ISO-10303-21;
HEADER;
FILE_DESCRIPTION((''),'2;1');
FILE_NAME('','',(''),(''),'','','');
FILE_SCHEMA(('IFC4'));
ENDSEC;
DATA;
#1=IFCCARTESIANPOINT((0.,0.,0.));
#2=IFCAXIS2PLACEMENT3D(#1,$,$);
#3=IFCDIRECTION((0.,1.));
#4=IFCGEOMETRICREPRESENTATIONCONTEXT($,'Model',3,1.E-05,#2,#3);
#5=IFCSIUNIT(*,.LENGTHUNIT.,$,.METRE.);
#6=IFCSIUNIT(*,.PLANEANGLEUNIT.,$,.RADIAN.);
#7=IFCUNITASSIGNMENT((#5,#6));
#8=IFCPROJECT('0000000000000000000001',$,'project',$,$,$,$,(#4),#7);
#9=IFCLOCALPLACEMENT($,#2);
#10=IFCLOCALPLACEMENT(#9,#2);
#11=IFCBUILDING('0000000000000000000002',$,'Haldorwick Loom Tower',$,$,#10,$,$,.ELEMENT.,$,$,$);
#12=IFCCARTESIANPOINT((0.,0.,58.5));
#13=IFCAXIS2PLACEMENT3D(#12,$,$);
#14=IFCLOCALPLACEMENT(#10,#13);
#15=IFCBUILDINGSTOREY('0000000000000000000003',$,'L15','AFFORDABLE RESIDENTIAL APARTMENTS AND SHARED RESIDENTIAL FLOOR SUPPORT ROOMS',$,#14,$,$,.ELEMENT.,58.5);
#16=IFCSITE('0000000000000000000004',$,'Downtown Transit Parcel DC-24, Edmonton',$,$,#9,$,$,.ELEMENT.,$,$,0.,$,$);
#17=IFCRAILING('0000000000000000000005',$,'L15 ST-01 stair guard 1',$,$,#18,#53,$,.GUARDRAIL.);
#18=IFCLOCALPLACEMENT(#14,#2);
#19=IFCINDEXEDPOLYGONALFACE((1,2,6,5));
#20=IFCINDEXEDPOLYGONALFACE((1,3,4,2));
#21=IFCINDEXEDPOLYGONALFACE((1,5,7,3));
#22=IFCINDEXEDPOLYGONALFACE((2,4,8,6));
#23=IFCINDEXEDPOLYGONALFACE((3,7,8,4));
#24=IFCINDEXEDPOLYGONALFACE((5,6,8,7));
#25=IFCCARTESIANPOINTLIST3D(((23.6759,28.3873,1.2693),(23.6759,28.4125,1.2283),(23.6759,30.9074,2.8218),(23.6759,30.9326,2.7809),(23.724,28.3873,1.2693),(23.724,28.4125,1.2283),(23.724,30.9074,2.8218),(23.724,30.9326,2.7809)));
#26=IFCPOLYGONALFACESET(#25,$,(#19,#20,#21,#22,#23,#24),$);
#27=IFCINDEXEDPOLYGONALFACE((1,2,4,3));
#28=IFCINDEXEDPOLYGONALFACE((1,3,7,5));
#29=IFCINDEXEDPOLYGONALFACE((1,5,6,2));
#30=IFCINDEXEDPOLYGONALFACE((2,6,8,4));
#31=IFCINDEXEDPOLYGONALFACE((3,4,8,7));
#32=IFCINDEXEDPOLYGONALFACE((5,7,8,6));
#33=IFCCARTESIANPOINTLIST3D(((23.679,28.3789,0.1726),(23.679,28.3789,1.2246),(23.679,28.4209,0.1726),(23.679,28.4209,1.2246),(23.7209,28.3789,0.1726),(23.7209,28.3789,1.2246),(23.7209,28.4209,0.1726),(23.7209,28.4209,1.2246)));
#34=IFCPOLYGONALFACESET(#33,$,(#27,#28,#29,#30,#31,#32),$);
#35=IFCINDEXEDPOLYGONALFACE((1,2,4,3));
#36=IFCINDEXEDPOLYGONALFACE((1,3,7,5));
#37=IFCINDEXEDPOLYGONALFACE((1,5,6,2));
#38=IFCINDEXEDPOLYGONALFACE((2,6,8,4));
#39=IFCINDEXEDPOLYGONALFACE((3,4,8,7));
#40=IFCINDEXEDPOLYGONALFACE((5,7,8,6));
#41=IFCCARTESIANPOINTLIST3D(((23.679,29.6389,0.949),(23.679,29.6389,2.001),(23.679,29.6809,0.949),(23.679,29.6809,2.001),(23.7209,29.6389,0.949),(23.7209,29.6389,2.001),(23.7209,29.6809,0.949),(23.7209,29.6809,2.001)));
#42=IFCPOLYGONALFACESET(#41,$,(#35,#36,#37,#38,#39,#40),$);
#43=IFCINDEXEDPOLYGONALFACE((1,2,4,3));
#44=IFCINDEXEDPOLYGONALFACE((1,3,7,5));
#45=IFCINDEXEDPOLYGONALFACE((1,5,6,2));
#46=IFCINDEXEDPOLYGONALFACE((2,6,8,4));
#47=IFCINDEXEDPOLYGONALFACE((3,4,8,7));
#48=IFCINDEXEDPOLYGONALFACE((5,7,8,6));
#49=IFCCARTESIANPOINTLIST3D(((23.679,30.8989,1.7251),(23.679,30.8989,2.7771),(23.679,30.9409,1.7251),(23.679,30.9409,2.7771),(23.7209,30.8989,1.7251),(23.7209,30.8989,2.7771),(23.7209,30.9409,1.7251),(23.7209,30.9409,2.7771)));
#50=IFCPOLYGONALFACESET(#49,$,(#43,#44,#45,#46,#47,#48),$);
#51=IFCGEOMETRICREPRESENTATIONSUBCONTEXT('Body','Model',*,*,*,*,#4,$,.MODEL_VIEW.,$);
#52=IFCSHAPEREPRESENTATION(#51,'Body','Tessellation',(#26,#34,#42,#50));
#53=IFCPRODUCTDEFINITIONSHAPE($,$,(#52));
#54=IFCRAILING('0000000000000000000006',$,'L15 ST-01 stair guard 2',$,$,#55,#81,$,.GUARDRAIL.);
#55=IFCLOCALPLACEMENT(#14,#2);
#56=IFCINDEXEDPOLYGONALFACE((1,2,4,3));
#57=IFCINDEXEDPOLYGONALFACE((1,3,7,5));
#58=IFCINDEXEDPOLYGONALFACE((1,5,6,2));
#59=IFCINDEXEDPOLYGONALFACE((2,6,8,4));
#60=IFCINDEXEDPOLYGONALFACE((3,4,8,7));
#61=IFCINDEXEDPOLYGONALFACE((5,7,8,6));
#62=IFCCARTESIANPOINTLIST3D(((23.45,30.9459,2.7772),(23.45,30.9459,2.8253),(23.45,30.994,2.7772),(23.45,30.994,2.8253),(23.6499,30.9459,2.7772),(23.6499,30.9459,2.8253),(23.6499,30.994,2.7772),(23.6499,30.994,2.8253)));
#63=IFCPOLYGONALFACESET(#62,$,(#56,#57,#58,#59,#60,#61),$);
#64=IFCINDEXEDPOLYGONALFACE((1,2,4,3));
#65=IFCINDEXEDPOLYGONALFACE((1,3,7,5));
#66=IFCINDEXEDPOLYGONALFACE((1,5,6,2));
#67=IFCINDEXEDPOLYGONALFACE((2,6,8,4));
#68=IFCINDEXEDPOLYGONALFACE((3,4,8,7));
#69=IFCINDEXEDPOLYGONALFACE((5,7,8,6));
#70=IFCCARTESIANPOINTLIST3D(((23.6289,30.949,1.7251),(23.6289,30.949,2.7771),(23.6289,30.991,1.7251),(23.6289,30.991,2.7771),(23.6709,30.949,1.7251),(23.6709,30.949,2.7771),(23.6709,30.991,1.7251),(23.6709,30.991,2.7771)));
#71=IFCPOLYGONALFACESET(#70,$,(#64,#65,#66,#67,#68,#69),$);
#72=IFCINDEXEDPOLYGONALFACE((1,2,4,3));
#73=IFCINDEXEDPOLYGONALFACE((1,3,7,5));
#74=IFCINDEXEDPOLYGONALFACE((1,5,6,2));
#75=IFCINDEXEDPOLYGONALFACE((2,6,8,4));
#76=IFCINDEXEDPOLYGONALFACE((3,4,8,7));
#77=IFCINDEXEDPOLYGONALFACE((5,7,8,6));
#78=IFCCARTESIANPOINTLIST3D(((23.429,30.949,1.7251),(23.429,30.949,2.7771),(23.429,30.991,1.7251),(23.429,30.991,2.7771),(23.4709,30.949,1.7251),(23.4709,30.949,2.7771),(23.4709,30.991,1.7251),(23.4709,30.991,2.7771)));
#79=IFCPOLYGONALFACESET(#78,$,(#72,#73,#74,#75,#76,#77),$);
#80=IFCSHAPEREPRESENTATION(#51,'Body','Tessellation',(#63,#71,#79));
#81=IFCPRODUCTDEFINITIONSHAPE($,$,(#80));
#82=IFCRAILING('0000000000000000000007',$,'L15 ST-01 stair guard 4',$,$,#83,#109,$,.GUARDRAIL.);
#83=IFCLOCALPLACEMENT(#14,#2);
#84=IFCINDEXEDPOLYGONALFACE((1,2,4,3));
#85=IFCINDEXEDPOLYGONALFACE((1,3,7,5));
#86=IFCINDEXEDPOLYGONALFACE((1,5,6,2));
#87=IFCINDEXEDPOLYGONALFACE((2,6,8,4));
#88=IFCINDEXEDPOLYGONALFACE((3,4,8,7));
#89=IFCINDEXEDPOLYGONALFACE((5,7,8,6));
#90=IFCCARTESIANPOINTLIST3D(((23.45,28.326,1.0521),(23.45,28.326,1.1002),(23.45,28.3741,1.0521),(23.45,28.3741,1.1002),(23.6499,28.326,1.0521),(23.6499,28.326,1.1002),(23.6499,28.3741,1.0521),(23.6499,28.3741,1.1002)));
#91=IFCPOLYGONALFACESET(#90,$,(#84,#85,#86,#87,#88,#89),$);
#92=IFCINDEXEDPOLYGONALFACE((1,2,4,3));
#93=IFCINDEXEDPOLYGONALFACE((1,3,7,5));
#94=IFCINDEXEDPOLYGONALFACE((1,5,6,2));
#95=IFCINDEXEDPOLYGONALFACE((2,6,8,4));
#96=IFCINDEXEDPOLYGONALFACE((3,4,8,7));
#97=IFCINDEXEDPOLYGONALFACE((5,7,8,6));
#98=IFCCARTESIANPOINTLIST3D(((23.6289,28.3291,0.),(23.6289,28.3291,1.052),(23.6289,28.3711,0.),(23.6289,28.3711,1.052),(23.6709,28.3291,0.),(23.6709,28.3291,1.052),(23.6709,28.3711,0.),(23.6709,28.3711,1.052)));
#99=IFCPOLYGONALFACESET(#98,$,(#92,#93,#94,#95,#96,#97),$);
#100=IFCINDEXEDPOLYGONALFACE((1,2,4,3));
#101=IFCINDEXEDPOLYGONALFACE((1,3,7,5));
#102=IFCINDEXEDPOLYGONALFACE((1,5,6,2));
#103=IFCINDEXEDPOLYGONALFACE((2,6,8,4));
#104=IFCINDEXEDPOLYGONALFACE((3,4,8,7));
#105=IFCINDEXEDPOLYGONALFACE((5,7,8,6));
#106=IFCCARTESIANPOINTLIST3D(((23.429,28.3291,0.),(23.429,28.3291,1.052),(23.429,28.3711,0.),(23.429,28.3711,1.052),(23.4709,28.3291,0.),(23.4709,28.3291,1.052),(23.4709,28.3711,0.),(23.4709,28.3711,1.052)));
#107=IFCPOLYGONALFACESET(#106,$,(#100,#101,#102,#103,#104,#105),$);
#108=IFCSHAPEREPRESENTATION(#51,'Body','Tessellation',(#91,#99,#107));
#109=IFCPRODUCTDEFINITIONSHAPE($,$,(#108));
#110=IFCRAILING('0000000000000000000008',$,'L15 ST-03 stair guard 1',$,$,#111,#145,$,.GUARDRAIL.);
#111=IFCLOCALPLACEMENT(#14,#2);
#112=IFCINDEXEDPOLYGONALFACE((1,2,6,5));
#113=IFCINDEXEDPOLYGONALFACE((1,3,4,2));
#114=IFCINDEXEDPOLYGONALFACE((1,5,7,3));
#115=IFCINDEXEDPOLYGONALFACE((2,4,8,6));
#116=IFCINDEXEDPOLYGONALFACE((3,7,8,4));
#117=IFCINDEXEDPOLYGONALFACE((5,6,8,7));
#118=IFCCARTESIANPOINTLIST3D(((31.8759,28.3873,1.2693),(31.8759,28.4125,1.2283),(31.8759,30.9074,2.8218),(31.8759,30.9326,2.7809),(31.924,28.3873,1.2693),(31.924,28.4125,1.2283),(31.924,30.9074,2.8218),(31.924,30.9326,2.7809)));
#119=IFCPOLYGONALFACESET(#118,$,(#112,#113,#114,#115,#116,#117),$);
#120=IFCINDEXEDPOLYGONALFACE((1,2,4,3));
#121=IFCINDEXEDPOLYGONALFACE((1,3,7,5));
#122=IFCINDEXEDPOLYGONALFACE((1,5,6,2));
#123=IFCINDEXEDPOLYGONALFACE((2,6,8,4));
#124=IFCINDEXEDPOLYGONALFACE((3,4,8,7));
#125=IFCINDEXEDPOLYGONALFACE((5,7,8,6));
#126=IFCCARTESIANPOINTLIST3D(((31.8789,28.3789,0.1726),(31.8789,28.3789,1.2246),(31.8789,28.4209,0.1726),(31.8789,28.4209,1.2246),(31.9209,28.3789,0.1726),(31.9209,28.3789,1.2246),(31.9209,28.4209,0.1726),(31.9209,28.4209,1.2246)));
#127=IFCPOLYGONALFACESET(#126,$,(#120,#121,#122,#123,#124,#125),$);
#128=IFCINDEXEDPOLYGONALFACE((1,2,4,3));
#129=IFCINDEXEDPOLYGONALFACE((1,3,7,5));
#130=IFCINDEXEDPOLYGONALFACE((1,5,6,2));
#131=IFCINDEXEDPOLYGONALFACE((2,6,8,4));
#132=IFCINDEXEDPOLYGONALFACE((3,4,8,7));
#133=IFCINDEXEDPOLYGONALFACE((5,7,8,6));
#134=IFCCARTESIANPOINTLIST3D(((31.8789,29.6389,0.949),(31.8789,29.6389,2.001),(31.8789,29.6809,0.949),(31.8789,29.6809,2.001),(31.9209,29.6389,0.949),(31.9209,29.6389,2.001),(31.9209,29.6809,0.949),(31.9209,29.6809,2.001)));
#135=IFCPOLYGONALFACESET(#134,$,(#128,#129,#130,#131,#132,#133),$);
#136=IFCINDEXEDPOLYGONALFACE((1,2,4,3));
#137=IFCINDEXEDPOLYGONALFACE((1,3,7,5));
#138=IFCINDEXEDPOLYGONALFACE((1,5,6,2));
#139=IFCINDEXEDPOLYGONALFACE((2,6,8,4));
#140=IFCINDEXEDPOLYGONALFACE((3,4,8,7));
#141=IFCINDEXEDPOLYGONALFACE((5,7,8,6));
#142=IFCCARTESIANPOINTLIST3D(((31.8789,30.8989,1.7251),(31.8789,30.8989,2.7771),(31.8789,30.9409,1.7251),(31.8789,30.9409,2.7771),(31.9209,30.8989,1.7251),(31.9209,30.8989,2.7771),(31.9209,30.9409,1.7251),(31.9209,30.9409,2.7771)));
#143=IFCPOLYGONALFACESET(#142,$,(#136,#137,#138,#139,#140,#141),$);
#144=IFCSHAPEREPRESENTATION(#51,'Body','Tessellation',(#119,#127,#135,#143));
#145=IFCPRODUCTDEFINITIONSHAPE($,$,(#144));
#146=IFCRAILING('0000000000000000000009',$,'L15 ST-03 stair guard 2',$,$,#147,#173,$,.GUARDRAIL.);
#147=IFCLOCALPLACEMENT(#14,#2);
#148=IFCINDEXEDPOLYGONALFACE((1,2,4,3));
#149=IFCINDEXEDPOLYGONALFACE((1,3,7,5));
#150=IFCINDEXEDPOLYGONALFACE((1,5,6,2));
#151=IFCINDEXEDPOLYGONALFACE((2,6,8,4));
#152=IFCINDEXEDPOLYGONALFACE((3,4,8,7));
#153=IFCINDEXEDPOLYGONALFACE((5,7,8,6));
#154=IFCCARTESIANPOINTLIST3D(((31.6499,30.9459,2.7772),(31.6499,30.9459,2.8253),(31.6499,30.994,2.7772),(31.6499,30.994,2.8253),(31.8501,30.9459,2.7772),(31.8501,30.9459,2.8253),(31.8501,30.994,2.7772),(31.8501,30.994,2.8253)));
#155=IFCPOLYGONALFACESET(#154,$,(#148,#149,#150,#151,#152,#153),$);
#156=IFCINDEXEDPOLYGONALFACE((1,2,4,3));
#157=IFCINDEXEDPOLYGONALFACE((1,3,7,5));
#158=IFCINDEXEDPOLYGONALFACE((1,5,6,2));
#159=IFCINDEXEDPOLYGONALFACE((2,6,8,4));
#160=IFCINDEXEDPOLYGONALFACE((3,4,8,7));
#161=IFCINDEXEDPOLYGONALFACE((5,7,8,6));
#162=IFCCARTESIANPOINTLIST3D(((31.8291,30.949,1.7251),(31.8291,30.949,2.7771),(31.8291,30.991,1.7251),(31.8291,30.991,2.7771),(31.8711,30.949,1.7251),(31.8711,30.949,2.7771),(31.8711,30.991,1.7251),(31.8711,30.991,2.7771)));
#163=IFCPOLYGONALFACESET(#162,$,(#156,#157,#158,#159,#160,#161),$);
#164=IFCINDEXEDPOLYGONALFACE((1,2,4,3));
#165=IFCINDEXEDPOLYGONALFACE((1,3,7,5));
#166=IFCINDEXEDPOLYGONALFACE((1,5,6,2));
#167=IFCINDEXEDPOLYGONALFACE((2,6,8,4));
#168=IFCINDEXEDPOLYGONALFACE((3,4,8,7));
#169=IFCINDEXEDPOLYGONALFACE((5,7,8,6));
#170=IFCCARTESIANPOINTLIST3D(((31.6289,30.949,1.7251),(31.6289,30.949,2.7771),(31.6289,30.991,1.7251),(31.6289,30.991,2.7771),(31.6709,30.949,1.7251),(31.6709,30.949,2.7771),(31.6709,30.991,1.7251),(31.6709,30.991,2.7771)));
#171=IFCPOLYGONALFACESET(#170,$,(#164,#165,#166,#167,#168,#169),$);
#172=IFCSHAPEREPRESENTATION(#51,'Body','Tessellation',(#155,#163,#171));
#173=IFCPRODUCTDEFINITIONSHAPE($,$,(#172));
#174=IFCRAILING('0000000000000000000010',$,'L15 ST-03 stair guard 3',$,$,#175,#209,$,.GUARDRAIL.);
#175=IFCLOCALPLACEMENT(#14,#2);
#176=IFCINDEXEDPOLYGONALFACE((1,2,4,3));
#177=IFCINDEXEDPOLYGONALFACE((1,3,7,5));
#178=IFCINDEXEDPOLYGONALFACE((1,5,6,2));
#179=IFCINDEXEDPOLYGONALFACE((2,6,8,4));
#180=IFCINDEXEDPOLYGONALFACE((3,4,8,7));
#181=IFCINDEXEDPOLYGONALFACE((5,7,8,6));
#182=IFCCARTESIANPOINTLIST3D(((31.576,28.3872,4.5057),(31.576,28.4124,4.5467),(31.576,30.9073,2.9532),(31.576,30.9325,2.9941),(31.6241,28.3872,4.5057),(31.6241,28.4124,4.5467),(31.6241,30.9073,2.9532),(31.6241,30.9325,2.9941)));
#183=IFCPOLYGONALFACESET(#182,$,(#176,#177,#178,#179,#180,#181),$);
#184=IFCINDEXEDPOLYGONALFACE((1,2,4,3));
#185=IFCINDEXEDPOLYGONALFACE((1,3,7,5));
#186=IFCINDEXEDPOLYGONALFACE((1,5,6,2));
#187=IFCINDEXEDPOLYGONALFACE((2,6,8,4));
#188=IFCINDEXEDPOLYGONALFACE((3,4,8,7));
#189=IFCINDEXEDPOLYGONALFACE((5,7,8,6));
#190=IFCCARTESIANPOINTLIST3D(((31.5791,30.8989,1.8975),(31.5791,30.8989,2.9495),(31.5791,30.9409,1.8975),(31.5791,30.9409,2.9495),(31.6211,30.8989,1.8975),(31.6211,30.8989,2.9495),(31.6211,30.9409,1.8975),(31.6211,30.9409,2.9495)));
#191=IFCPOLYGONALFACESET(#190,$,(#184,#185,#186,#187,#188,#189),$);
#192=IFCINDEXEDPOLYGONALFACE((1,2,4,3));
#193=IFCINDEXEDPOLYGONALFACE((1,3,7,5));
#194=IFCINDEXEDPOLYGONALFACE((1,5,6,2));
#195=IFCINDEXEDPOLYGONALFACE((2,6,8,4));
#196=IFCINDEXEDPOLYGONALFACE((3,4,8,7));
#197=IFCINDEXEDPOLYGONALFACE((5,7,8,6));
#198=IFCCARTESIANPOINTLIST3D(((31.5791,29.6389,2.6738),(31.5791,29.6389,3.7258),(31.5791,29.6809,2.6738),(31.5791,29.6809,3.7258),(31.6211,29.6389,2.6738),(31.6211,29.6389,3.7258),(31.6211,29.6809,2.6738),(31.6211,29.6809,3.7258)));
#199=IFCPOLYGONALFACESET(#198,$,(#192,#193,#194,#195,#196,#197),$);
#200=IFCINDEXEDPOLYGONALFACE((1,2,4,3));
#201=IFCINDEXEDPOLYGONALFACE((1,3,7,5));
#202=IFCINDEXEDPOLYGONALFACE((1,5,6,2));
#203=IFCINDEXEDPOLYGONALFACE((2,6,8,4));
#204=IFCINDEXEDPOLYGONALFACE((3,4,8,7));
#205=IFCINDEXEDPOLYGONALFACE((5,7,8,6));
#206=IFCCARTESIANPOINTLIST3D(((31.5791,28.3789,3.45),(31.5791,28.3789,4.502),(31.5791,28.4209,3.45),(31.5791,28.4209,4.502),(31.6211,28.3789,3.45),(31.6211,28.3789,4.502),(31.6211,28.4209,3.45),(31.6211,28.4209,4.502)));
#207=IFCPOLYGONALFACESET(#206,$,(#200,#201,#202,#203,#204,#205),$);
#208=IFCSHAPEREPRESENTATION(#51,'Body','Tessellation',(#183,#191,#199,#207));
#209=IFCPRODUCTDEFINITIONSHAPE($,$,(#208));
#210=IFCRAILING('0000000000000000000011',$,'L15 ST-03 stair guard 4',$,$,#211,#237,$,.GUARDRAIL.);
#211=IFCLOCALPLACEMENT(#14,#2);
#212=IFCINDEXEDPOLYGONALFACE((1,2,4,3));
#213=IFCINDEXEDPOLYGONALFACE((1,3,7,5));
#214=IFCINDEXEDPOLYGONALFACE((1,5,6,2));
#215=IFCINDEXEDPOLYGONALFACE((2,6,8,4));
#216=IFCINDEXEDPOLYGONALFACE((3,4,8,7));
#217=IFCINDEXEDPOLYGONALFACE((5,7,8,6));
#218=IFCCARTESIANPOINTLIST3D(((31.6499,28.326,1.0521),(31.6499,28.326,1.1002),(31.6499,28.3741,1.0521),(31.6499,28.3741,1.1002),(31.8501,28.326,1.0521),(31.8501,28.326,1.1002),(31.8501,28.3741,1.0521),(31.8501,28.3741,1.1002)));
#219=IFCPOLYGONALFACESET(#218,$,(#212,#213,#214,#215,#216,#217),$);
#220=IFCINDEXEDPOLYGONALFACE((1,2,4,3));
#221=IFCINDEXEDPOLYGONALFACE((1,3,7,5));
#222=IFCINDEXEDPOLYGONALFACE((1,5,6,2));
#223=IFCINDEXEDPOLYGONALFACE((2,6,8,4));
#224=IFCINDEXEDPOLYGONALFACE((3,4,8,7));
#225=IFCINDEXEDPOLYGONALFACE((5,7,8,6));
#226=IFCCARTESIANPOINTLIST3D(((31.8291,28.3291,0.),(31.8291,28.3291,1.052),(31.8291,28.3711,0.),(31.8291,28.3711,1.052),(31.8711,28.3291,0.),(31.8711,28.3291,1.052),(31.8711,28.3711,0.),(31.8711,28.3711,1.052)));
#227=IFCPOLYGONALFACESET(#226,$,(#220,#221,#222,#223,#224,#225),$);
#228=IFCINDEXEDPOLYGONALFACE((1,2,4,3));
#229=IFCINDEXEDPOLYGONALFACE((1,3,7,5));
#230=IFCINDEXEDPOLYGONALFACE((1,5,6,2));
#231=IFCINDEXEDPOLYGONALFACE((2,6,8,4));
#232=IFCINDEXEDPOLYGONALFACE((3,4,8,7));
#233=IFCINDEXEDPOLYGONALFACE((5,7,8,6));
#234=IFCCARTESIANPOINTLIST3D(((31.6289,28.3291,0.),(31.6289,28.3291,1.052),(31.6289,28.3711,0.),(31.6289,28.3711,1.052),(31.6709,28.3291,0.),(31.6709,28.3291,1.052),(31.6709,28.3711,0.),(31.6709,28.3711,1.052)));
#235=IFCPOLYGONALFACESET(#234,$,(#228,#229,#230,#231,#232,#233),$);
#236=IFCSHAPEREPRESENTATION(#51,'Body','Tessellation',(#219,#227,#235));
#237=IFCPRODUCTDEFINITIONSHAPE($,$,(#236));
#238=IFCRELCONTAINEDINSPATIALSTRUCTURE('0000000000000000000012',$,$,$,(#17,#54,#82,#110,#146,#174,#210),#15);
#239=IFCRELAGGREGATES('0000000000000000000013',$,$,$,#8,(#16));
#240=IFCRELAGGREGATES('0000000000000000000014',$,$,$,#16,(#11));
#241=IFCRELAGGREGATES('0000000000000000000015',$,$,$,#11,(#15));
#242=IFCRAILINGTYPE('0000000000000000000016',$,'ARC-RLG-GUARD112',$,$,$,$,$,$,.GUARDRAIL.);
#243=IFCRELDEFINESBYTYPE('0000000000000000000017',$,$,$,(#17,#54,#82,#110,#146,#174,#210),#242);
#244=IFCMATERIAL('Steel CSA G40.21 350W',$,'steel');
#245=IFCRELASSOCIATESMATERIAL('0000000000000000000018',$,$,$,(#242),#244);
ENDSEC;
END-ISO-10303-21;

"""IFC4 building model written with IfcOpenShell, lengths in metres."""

from ifc_helpers import new_model, si_unit, direction, frame, origin, origin_2d, place, context, subcontext, project, spatial, rectangle, extrude, material, type_object, element, save


model = new_model("IFC4")

# Units and contexts
model_context = context("Model", 3, precision=1e-05, world=origin(), true_north=direction((0.0, 1.0)))
body_context = subcontext(model_context, "Body", "Model", "MODEL_VIEW")
ifc_project = project(units=[si_unit("LENGTHUNIT", "METRE"), si_unit("PLANEANGLEUNIT", "RADIAN")], contexts=[model_context])

# Site, building, storey
site_placement = place(None, origin())
site = spatial("IfcSite", under=ifc_project, at=site_placement, Name="Downtown Transit Parcel DC-24, Edmonton", CompositionType="ELEMENT", RefElevation=0.0)
building_placement = place(site_placement, origin())
building = spatial("IfcBuilding", under=site, at=building_placement, Name="Haldorwick Loom Tower", CompositionType="ELEMENT")
storey_placement = place(building_placement, frame((0.0, 0.0, 58.5)))
storey = spatial("IfcBuildingStorey", under=building, at=storey_placement, Name="L15", Description="AFFORDABLE RESIDENTIAL APARTMENTS AND SHARED RESIDENTIAL FLOOR SUPPORT ROOMS", CompositionType="ELEMENT", Elevation=58.5)

# Shared definitions
ifc_material_1 = material(Name="Steel CSA G40.21 350W", Category="steel")

# Railings
railing_type_1 = type_object("IfcRailingType", Name="ARC-RLG-GUARD112", PredefinedType="GUARDRAIL", material=ifc_material_1)
railing_1_placement = place(storey_placement, frame((23.7, 28.3999, 0.1726)))
element("IfcRailing", 1, at=railing_1_placement, inside=storey, type_object=railing_type_1, Name="L15 ST-01 stair guard 1", PredefinedType="GUARDRAIL", context=body_context, shape_type="SweptSolid", body=[
    extrude(rectangle(XDim=0.0481, YDim=0.0481, at=origin_2d()), frame((0.0, 0.0, 1.0762), z_axis=(0.0, 0.8514, 0.524516), x_axis=(-1.0, 0.0, 0.0)), (0.0, 0.0, 1.0), 2.96),
    extrude(rectangle(XDim=0.042, YDim=0.042, at=origin_2d()), origin(), (0.0, 0.0, 1.0), 1.052),
    extrude(rectangle(XDim=0.042, YDim=0.042, at=origin_2d()), frame((0.0, 1.26, 0.7764)), (0.0, 0.0, 1.0), 1.052),
    extrude(rectangle(XDim=0.042, YDim=0.042, at=origin_2d()), frame((0.0, 2.52, 1.5525)), (0.0, 0.0, 1.0), 1.052),
])
for number, where, name in (
    (2, (23.6499, 30.97, 1.7251), "L15 ST-01 stair guard 2"),
    (3, (23.6499, 28.3501, 0.0), "L15 ST-01 stair guard 4"),
):
    element("IfcRailing", number, at=place(storey_placement, frame(where)), inside=storey, type_object=railing_type_1, Name=name, PredefinedType="GUARDRAIL", context=body_context, shape_type="SweptSolid", body=[
        extrude(rectangle(XDim=0.0481, YDim=0.0481, at=origin_2d()), frame((0.0, 0.0, 1.0762), z_axis=(-1.0, 0.0, 0.0), x_axis=(0.0, -1.0, 0.0)), (0.0, 0.0, 1.0), 0.2),
        extrude(rectangle(XDim=0.042, YDim=0.042, at=origin_2d()), origin(), (0.0, 0.0, 1.0), 1.052),
        extrude(rectangle(XDim=0.042, YDim=0.042, at=origin_2d()), frame((-0.2, 0.0, 0.0)), (0.0, 0.0, 1.0), 1.052),
    ])
railing_2_placement = place(storey_placement, frame((31.8999, 28.3999, 0.1726)))
element("IfcRailing", 4, at=railing_2_placement, inside=storey, type_object=railing_type_1, Name="L15 ST-03 stair guard 1", PredefinedType="GUARDRAIL", context=body_context, shape_type="SweptSolid", body=[
    extrude(rectangle(XDim=0.0481, YDim=0.0481, at=origin_2d()), frame((0.0, 0.0, 1.0762), z_axis=(0.0, 0.8514, 0.524516), x_axis=(-1.0, 0.0, 0.0)), (0.0, 0.0, 1.0), 2.96),
    extrude(rectangle(XDim=0.042, YDim=0.042, at=origin_2d()), origin(), (0.0, 0.0, 1.0), 1.052),
    extrude(rectangle(XDim=0.042, YDim=0.042, at=origin_2d()), frame((0.0, 1.26, 0.7764)), (0.0, 0.0, 1.0), 1.052),
    extrude(rectangle(XDim=0.042, YDim=0.042, at=origin_2d()), frame((0.0, 2.52, 1.5525)), (0.0, 0.0, 1.0), 1.052),
])
railing_3_placement = place(storey_placement, frame((31.8501, 30.97, 1.7251)))
element("IfcRailing", 5, at=railing_3_placement, inside=storey, type_object=railing_type_1, Name="L15 ST-03 stair guard 2", PredefinedType="GUARDRAIL", context=body_context, shape_type="SweptSolid", body=[
    extrude(rectangle(XDim=0.0481, YDim=0.0481, at=origin_2d()), frame((0.0, 0.0, 1.0762), z_axis=(-1.0, 0.0, 0.0), x_axis=(0.0, -1.0, 0.0)), (0.0, 0.0, 1.0), 0.2002),
    extrude(rectangle(XDim=0.042, YDim=0.042, at=origin_2d()), origin(), (0.0, 0.0, 1.0), 1.052),
    extrude(rectangle(XDim=0.042, YDim=0.042, at=origin_2d()), frame((-0.2002, 0.0, 0.0)), (0.0, 0.0, 1.0), 1.052),
])
railing_4_placement = place(storey_placement, frame((31.6001, 30.9199, 1.8975)))
element("IfcRailing", 6, at=railing_4_placement, inside=storey, type_object=railing_type_1, Name="L15 ST-03 stair guard 3", PredefinedType="GUARDRAIL", context=body_context, shape_type="SweptSolid", body=[
    extrude(rectangle(XDim=0.0481, YDim=0.0481, at=origin_2d()), frame((0.0, 0.0, 1.0762), z_axis=(0.0, -0.8514, 0.524516), x_axis=(1.0, 0.0, 0.0)), (0.0, 0.0, 1.0), 2.96),
    extrude(rectangle(XDim=0.042, YDim=0.042, at=origin_2d()), origin(), (0.0, 0.0, 1.0), 1.052),
    extrude(rectangle(XDim=0.042, YDim=0.042, at=origin_2d()), frame((0.0, -1.26, 0.7764)), (0.0, 0.0, 1.0), 1.052),
    extrude(rectangle(XDim=0.042, YDim=0.042, at=origin_2d()), frame((0.0, -2.52, 1.5525)), (0.0, 0.0, 1.0), 1.052),
])
railing_5_placement = place(storey_placement, frame((31.8501, 28.3501, 0.0)))
element("IfcRailing", 7, at=railing_5_placement, inside=storey, type_object=railing_type_1, Name="L15 ST-03 stair guard 4", PredefinedType="GUARDRAIL", context=body_context, shape_type="SweptSolid", body=[
    extrude(rectangle(XDim=0.0481, YDim=0.0481, at=origin_2d()), frame((0.0, 0.0, 1.0762), z_axis=(-1.0, 0.0, 0.0), x_axis=(0.0, -1.0, 0.0)), (0.0, 0.0, 1.0), 0.2002),
    extrude(rectangle(XDim=0.042, YDim=0.042, at=origin_2d()), origin(), (0.0, 0.0, 1.0), 1.052),
    extrude(rectangle(XDim=0.042, YDim=0.042, at=origin_2d()), frame((-0.2002, 0.0, 0.0)), (0.0, 0.0, 1.0), 1.052),
])

save(model, "model.ifc")
